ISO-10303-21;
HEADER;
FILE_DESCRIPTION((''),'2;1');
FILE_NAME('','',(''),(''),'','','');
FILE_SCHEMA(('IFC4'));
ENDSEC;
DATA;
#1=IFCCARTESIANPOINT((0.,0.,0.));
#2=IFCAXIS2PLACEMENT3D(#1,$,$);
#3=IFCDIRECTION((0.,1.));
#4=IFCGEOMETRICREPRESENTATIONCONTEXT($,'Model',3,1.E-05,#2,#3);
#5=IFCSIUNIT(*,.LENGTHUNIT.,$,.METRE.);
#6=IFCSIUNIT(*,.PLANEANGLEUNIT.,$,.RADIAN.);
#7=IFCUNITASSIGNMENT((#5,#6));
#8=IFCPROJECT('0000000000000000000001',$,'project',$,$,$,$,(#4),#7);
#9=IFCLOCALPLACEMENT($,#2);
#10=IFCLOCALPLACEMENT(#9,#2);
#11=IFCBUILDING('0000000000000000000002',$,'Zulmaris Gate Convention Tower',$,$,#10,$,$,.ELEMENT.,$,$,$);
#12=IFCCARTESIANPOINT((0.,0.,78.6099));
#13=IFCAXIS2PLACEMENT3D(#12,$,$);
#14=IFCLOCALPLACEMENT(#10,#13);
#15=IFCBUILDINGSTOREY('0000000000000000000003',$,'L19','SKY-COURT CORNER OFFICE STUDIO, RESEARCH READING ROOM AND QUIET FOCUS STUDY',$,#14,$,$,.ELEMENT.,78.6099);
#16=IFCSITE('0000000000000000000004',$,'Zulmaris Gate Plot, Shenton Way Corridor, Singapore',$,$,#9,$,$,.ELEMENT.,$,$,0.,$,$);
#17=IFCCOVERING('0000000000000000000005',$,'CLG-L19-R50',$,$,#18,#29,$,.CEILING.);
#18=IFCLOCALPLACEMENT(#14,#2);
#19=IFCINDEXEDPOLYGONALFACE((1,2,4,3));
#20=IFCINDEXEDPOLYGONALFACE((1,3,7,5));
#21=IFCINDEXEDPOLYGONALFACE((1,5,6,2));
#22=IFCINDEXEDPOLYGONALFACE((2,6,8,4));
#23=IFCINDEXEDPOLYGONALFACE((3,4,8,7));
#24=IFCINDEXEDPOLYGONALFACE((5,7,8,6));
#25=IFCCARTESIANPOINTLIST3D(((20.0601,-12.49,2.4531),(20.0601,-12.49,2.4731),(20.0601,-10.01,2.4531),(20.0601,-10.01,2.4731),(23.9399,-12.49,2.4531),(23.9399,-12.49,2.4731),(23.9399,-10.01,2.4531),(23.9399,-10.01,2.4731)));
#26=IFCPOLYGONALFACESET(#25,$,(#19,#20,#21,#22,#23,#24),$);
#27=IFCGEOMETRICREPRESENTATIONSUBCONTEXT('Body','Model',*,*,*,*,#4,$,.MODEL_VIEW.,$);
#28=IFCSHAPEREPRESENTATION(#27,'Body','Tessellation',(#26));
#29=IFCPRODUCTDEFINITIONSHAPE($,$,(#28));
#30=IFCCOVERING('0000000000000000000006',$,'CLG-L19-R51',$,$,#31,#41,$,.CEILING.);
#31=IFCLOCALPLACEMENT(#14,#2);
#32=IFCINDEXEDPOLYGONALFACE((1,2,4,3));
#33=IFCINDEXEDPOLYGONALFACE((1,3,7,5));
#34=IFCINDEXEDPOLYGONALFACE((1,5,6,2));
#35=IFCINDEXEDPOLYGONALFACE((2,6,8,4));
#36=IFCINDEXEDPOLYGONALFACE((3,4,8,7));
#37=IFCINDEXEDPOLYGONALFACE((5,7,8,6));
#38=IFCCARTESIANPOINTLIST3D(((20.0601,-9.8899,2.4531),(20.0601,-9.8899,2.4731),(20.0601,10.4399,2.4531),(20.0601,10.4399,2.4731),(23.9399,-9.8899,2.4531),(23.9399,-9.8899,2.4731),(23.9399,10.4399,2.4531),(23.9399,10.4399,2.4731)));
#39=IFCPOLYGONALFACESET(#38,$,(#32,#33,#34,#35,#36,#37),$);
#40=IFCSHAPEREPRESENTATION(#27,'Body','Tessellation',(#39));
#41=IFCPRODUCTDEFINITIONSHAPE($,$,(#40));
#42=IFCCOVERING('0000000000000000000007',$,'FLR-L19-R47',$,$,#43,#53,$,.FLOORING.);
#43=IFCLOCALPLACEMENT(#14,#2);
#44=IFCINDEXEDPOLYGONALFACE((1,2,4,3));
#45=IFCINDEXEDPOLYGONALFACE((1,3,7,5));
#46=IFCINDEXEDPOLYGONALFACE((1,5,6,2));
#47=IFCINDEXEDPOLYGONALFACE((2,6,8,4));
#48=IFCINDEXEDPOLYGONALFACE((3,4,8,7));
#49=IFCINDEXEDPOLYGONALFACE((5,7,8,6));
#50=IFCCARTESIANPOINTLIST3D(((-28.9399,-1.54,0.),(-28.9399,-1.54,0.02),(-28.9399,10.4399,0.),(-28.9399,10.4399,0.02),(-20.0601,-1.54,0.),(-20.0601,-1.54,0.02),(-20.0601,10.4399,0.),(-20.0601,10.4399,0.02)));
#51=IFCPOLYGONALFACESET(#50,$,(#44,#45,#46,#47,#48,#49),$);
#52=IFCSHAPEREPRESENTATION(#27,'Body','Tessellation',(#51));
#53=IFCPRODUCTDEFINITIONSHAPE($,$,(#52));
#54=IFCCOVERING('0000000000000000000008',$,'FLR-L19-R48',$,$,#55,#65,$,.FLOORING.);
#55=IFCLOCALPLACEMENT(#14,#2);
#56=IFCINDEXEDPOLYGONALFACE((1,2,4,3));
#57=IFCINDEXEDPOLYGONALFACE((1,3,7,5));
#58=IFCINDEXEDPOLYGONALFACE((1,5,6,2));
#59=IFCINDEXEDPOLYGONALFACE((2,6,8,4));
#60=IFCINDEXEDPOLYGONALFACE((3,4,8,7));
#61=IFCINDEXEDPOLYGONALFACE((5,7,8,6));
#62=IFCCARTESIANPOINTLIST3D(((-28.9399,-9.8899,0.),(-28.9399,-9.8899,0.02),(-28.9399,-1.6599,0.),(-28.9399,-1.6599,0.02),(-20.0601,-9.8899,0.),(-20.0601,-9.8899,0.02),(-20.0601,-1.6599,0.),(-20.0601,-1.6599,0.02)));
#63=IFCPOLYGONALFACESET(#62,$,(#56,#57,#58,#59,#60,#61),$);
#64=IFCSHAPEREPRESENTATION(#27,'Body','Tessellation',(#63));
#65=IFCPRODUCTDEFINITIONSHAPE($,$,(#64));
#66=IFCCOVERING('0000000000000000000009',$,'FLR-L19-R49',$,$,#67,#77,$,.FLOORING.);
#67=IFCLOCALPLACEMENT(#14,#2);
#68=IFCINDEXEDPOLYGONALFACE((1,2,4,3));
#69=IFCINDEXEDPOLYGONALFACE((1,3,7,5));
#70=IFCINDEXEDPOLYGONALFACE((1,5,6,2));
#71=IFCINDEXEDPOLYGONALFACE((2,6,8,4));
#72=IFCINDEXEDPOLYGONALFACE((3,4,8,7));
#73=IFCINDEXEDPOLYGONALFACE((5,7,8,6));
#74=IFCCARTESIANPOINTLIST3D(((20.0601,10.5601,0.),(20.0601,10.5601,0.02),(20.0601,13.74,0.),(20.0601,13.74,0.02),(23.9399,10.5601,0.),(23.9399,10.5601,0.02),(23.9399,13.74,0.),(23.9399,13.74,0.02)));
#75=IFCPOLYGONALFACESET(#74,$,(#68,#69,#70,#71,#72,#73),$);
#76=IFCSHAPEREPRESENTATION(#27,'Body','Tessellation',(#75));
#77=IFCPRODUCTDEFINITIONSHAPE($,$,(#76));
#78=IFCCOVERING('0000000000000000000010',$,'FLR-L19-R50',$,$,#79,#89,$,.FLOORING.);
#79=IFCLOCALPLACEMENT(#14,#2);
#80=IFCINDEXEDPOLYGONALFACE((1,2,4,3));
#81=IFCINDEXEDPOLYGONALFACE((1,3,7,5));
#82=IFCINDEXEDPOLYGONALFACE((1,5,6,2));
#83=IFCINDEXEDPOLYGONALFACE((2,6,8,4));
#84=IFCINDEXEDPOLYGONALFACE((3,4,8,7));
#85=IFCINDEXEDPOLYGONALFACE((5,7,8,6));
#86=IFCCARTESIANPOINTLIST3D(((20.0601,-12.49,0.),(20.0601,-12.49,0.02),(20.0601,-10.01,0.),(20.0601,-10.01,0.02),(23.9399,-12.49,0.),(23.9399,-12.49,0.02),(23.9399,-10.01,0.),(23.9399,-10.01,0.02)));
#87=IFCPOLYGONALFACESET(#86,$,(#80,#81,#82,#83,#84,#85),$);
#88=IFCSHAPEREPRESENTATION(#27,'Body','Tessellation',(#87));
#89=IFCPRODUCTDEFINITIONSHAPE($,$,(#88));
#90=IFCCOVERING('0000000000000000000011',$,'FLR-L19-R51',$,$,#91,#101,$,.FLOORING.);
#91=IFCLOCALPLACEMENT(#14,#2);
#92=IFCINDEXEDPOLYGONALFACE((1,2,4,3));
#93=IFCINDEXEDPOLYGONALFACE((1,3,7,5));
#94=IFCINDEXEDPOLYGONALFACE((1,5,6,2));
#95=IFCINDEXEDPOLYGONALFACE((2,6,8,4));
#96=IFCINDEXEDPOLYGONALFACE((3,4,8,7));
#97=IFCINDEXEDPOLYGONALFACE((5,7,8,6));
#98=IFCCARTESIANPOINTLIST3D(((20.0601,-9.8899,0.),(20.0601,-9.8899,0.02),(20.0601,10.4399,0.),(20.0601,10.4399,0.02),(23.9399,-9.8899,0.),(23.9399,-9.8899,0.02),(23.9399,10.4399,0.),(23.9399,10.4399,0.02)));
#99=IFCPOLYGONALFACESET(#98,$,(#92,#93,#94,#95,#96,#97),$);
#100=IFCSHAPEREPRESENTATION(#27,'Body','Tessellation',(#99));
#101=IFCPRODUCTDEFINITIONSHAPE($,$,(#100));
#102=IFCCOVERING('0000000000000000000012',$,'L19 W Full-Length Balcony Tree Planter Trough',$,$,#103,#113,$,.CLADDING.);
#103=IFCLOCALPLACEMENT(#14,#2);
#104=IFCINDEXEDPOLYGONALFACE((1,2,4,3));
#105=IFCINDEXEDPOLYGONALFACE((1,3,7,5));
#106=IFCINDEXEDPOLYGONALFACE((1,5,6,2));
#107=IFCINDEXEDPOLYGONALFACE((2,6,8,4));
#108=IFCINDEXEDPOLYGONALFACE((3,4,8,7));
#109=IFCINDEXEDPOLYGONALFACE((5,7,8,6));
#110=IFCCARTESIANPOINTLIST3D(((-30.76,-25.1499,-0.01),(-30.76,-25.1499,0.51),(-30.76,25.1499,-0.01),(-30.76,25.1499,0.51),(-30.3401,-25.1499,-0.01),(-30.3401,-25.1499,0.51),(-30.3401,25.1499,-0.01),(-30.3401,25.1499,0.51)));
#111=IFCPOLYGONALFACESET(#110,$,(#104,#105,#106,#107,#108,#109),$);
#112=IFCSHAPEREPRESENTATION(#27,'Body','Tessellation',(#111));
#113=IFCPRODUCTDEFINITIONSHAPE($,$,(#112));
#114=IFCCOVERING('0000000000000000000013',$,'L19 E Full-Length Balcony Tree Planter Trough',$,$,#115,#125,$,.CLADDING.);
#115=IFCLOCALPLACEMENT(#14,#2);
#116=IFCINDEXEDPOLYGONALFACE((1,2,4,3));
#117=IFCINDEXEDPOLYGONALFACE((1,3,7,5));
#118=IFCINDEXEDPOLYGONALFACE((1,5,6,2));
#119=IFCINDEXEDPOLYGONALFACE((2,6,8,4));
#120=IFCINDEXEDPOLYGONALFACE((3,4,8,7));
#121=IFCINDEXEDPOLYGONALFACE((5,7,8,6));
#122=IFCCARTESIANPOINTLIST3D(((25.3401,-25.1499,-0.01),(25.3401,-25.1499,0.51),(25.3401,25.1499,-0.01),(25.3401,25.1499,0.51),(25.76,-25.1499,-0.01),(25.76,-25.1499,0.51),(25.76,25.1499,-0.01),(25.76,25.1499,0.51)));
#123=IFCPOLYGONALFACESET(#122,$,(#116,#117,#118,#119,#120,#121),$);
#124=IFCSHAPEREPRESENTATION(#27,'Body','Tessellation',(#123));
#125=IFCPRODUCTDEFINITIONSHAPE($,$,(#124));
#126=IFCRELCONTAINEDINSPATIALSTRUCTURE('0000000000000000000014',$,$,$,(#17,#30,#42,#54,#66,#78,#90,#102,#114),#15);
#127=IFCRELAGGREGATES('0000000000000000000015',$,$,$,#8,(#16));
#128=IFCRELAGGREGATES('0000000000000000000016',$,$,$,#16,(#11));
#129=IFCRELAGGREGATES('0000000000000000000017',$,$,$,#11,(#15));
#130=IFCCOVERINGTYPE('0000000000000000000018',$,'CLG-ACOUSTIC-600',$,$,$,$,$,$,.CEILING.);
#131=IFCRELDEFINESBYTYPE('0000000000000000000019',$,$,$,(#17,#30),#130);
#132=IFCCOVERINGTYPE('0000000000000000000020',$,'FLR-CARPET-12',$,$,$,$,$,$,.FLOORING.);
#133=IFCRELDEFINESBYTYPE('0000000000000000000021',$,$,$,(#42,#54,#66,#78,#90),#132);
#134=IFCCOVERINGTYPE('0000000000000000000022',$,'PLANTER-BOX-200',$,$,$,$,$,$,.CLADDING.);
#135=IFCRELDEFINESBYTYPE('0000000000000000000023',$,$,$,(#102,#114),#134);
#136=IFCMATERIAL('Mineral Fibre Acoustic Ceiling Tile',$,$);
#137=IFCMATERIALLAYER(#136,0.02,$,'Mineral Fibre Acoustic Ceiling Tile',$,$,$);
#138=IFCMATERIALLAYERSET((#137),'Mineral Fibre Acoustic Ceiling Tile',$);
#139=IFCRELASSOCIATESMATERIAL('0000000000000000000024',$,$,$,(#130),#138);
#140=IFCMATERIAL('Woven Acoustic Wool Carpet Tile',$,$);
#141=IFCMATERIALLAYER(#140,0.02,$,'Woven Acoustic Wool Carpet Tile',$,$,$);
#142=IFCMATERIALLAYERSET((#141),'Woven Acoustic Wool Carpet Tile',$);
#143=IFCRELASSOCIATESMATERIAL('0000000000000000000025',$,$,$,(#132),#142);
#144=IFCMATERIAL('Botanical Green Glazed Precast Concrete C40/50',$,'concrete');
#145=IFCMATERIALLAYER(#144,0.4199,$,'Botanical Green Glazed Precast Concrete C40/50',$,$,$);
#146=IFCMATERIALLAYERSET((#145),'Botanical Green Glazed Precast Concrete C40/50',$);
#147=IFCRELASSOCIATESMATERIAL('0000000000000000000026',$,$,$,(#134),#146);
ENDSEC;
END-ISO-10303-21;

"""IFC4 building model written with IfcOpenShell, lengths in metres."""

from ifc_helpers import new_model, si_unit, direction, frame, origin, place, context, subcontext, project, spatial, polyline, outline, extrude, material, layer, layer_set, type_object, element, save


model = new_model("IFC4")

# Units and contexts
model_context = context("Model", 3, precision=1e-05, world=origin(), true_north=direction((0.0, 1.0)))
body_context = subcontext(model_context, "Body", "Model", "MODEL_VIEW")
ifc_project = project(units=[si_unit("LENGTHUNIT", "METRE"), si_unit("PLANEANGLEUNIT", "RADIAN")], contexts=[model_context])

# Site, building, storey
site_placement = place(None, origin())
site = spatial("IfcSite", under=ifc_project, at=site_placement, Name="Zulmaris Gate Plot, Shenton Way Corridor, Singapore", CompositionType="ELEMENT", RefElevation=0.0)
building_placement = place(site_placement, origin())
building = spatial("IfcBuilding", under=site, at=building_placement, Name="Zulmaris Gate Convention Tower", CompositionType="ELEMENT")
storey_placement = place(building_placement, frame((0.0, 0.0, 78.6099)))
storey = spatial("IfcBuildingStorey", under=building, at=storey_placement, Name="L19", Description="SKY-COURT CORNER OFFICE STUDIO, RESEARCH READING ROOM AND QUIET FOCUS STUDY", CompositionType="ELEMENT", Elevation=78.6099)

# Coverings
ifc_material_1 = material(Name="Mineral Fibre Acoustic Ceiling Tile")
ifc_layer_1 = layer(ifc_material_1, 0.02, Name="Mineral Fibre Acoustic Ceiling Tile")
ifc_layer_set_1 = layer_set([ifc_layer_1], Name="Mineral Fibre Acoustic Ceiling Tile")
covering_type_1 = type_object("IfcCoveringType", Name="CLG-ACOUSTIC-600", PredefinedType="CEILING", material=ifc_layer_set_1)
covering_1_placement = place(storey_placement, frame((0.0, 0.0, 2.4531)))
element("IfcCovering", 1, at=covering_1_placement, inside=storey, type_object=covering_type_1, Name="CLG-L19-R50", PredefinedType="CEILING", context=body_context, shape_type="SweptSolid", body=[
    extrude(outline(polyline([(20.0601, -12.49), (23.9399, -12.49), (23.9399, -10.01), (20.0601, -10.01), (20.0601, -12.49)])), origin(), (0.0, 0.0, 1.0), 0.02),
])
covering_2_placement = place(storey_placement, frame((0.0, 0.0, 2.4531)))
element("IfcCovering", 2, at=covering_2_placement, inside=storey, type_object=covering_type_1, Name="CLG-L19-R51", PredefinedType="CEILING", context=body_context, shape_type="SweptSolid", body=[
    extrude(outline(polyline([(20.0601, -9.8899), (23.9399, -9.8899), (23.9399, 10.4399), (20.0601, 10.4399), (20.0601, -9.8899)])), origin(), (0.0, 0.0, 1.0), 0.02),
])
ifc_material_2 = material(Name="Woven Acoustic Wool Carpet Tile")
ifc_layer_2 = layer(ifc_material_2, 0.02, Name="Woven Acoustic Wool Carpet Tile")
ifc_layer_set_2 = layer_set([ifc_layer_2], Name="Woven Acoustic Wool Carpet Tile")
covering_type_2 = type_object("IfcCoveringType", Name="FLR-CARPET-12", PredefinedType="FLOORING", material=ifc_layer_set_2)
covering_3_placement = place(storey_placement, origin())
element("IfcCovering", 3, at=covering_3_placement, inside=storey, type_object=covering_type_2, Name="FLR-L19-R47", PredefinedType="FLOORING", context=body_context, shape_type="SweptSolid", body=[
    extrude(outline(polyline([(-28.9399, -1.54), (-20.0601, -1.54), (-20.0601, 10.4399), (-28.9399, 10.4399), (-28.9399, -1.54)])), origin(), (0.0, 0.0, 1.0), 0.02),
])
covering_4_placement = place(storey_placement, origin())
element("IfcCovering", 4, at=covering_4_placement, inside=storey, type_object=covering_type_2, Name="FLR-L19-R48", PredefinedType="FLOORING", context=body_context, shape_type="SweptSolid", body=[
    extrude(outline(polyline([(-28.9399, -9.8899), (-20.0601, -9.8899), (-20.0601, -1.6599), (-28.9399, -1.6599), (-28.9399, -9.8899)])), origin(), (0.0, 0.0, 1.0), 0.02),
])
covering_5_placement = place(storey_placement, origin())
element("IfcCovering", 5, at=covering_5_placement, inside=storey, type_object=covering_type_2, Name="FLR-L19-R49", PredefinedType="FLOORING", context=body_context, shape_type="SweptSolid", body=[
    extrude(outline(polyline([(20.0601, 10.5601), (23.9399, 10.5601), (23.9399, 13.74), (20.0601, 13.74), (20.0601, 10.5601)])), origin(), (0.0, 0.0, 1.0), 0.02),
])
covering_6_placement = place(storey_placement, origin())
element("IfcCovering", 6, at=covering_6_placement, inside=storey, type_object=covering_type_2, Name="FLR-L19-R50", PredefinedType="FLOORING", context=body_context, shape_type="SweptSolid", body=[
    extrude(outline(polyline([(20.0601, -12.49), (23.9399, -12.49), (23.9399, -10.01), (20.0601, -10.01), (20.0601, -12.49)])), origin(), (0.0, 0.0, 1.0), 0.02),
])
covering_7_placement = place(storey_placement, origin())
element("IfcCovering", 7, at=covering_7_placement, inside=storey, type_object=covering_type_2, Name="FLR-L19-R51", PredefinedType="FLOORING", context=body_context, shape_type="SweptSolid", body=[
    extrude(outline(polyline([(20.0601, -9.8899), (23.9399, -9.8899), (23.9399, 10.4399), (20.0601, 10.4399), (20.0601, -9.8899)])), origin(), (0.0, 0.0, 1.0), 0.02),
])
ifc_material_3 = material(Name="Botanical Green Glazed Precast Concrete C40/50", Category="concrete")
ifc_layer_3 = layer(ifc_material_3, 0.4199, Name="Botanical Green Glazed Precast Concrete C40/50")
ifc_layer_set_3 = layer_set([ifc_layer_3], Name="Botanical Green Glazed Precast Concrete C40/50")
covering_type_3 = type_object("IfcCoveringType", Name="PLANTER-BOX-200", PredefinedType="CLADDING", material=ifc_layer_set_3)
covering_8_placement = place(storey_placement, frame((0.0, 0.0, -0.01)))
element("IfcCovering", 8, at=covering_8_placement, inside=storey, type_object=covering_type_3, Name="L19 W Full-Length Balcony Tree Planter Trough", PredefinedType="CLADDING", context=body_context, shape_type="SweptSolid", body=[
    extrude(outline(polyline([(-30.76, -25.1499), (-30.3401, -25.1499), (-30.3401, 25.1499), (-30.76, 25.1499), (-30.76, -25.1499)])), origin(), (0.0, 0.0, 1.0), 0.52),
])
covering_9_placement = place(storey_placement, frame((0.0, 0.0, -0.01)))
element("IfcCovering", 9, at=covering_9_placement, inside=storey, type_object=covering_type_3, Name="L19 E Full-Length Balcony Tree Planter Trough", PredefinedType="CLADDING", context=body_context, shape_type="SweptSolid", body=[
    extrude(outline(polyline([(25.3401, -25.1499), (25.76, -25.1499), (25.76, 25.1499), (25.3401, 25.1499), (25.3401, -25.1499)])), origin(), (0.0, 0.0, 1.0), 0.52),
])

save(model, "model.ifc")
